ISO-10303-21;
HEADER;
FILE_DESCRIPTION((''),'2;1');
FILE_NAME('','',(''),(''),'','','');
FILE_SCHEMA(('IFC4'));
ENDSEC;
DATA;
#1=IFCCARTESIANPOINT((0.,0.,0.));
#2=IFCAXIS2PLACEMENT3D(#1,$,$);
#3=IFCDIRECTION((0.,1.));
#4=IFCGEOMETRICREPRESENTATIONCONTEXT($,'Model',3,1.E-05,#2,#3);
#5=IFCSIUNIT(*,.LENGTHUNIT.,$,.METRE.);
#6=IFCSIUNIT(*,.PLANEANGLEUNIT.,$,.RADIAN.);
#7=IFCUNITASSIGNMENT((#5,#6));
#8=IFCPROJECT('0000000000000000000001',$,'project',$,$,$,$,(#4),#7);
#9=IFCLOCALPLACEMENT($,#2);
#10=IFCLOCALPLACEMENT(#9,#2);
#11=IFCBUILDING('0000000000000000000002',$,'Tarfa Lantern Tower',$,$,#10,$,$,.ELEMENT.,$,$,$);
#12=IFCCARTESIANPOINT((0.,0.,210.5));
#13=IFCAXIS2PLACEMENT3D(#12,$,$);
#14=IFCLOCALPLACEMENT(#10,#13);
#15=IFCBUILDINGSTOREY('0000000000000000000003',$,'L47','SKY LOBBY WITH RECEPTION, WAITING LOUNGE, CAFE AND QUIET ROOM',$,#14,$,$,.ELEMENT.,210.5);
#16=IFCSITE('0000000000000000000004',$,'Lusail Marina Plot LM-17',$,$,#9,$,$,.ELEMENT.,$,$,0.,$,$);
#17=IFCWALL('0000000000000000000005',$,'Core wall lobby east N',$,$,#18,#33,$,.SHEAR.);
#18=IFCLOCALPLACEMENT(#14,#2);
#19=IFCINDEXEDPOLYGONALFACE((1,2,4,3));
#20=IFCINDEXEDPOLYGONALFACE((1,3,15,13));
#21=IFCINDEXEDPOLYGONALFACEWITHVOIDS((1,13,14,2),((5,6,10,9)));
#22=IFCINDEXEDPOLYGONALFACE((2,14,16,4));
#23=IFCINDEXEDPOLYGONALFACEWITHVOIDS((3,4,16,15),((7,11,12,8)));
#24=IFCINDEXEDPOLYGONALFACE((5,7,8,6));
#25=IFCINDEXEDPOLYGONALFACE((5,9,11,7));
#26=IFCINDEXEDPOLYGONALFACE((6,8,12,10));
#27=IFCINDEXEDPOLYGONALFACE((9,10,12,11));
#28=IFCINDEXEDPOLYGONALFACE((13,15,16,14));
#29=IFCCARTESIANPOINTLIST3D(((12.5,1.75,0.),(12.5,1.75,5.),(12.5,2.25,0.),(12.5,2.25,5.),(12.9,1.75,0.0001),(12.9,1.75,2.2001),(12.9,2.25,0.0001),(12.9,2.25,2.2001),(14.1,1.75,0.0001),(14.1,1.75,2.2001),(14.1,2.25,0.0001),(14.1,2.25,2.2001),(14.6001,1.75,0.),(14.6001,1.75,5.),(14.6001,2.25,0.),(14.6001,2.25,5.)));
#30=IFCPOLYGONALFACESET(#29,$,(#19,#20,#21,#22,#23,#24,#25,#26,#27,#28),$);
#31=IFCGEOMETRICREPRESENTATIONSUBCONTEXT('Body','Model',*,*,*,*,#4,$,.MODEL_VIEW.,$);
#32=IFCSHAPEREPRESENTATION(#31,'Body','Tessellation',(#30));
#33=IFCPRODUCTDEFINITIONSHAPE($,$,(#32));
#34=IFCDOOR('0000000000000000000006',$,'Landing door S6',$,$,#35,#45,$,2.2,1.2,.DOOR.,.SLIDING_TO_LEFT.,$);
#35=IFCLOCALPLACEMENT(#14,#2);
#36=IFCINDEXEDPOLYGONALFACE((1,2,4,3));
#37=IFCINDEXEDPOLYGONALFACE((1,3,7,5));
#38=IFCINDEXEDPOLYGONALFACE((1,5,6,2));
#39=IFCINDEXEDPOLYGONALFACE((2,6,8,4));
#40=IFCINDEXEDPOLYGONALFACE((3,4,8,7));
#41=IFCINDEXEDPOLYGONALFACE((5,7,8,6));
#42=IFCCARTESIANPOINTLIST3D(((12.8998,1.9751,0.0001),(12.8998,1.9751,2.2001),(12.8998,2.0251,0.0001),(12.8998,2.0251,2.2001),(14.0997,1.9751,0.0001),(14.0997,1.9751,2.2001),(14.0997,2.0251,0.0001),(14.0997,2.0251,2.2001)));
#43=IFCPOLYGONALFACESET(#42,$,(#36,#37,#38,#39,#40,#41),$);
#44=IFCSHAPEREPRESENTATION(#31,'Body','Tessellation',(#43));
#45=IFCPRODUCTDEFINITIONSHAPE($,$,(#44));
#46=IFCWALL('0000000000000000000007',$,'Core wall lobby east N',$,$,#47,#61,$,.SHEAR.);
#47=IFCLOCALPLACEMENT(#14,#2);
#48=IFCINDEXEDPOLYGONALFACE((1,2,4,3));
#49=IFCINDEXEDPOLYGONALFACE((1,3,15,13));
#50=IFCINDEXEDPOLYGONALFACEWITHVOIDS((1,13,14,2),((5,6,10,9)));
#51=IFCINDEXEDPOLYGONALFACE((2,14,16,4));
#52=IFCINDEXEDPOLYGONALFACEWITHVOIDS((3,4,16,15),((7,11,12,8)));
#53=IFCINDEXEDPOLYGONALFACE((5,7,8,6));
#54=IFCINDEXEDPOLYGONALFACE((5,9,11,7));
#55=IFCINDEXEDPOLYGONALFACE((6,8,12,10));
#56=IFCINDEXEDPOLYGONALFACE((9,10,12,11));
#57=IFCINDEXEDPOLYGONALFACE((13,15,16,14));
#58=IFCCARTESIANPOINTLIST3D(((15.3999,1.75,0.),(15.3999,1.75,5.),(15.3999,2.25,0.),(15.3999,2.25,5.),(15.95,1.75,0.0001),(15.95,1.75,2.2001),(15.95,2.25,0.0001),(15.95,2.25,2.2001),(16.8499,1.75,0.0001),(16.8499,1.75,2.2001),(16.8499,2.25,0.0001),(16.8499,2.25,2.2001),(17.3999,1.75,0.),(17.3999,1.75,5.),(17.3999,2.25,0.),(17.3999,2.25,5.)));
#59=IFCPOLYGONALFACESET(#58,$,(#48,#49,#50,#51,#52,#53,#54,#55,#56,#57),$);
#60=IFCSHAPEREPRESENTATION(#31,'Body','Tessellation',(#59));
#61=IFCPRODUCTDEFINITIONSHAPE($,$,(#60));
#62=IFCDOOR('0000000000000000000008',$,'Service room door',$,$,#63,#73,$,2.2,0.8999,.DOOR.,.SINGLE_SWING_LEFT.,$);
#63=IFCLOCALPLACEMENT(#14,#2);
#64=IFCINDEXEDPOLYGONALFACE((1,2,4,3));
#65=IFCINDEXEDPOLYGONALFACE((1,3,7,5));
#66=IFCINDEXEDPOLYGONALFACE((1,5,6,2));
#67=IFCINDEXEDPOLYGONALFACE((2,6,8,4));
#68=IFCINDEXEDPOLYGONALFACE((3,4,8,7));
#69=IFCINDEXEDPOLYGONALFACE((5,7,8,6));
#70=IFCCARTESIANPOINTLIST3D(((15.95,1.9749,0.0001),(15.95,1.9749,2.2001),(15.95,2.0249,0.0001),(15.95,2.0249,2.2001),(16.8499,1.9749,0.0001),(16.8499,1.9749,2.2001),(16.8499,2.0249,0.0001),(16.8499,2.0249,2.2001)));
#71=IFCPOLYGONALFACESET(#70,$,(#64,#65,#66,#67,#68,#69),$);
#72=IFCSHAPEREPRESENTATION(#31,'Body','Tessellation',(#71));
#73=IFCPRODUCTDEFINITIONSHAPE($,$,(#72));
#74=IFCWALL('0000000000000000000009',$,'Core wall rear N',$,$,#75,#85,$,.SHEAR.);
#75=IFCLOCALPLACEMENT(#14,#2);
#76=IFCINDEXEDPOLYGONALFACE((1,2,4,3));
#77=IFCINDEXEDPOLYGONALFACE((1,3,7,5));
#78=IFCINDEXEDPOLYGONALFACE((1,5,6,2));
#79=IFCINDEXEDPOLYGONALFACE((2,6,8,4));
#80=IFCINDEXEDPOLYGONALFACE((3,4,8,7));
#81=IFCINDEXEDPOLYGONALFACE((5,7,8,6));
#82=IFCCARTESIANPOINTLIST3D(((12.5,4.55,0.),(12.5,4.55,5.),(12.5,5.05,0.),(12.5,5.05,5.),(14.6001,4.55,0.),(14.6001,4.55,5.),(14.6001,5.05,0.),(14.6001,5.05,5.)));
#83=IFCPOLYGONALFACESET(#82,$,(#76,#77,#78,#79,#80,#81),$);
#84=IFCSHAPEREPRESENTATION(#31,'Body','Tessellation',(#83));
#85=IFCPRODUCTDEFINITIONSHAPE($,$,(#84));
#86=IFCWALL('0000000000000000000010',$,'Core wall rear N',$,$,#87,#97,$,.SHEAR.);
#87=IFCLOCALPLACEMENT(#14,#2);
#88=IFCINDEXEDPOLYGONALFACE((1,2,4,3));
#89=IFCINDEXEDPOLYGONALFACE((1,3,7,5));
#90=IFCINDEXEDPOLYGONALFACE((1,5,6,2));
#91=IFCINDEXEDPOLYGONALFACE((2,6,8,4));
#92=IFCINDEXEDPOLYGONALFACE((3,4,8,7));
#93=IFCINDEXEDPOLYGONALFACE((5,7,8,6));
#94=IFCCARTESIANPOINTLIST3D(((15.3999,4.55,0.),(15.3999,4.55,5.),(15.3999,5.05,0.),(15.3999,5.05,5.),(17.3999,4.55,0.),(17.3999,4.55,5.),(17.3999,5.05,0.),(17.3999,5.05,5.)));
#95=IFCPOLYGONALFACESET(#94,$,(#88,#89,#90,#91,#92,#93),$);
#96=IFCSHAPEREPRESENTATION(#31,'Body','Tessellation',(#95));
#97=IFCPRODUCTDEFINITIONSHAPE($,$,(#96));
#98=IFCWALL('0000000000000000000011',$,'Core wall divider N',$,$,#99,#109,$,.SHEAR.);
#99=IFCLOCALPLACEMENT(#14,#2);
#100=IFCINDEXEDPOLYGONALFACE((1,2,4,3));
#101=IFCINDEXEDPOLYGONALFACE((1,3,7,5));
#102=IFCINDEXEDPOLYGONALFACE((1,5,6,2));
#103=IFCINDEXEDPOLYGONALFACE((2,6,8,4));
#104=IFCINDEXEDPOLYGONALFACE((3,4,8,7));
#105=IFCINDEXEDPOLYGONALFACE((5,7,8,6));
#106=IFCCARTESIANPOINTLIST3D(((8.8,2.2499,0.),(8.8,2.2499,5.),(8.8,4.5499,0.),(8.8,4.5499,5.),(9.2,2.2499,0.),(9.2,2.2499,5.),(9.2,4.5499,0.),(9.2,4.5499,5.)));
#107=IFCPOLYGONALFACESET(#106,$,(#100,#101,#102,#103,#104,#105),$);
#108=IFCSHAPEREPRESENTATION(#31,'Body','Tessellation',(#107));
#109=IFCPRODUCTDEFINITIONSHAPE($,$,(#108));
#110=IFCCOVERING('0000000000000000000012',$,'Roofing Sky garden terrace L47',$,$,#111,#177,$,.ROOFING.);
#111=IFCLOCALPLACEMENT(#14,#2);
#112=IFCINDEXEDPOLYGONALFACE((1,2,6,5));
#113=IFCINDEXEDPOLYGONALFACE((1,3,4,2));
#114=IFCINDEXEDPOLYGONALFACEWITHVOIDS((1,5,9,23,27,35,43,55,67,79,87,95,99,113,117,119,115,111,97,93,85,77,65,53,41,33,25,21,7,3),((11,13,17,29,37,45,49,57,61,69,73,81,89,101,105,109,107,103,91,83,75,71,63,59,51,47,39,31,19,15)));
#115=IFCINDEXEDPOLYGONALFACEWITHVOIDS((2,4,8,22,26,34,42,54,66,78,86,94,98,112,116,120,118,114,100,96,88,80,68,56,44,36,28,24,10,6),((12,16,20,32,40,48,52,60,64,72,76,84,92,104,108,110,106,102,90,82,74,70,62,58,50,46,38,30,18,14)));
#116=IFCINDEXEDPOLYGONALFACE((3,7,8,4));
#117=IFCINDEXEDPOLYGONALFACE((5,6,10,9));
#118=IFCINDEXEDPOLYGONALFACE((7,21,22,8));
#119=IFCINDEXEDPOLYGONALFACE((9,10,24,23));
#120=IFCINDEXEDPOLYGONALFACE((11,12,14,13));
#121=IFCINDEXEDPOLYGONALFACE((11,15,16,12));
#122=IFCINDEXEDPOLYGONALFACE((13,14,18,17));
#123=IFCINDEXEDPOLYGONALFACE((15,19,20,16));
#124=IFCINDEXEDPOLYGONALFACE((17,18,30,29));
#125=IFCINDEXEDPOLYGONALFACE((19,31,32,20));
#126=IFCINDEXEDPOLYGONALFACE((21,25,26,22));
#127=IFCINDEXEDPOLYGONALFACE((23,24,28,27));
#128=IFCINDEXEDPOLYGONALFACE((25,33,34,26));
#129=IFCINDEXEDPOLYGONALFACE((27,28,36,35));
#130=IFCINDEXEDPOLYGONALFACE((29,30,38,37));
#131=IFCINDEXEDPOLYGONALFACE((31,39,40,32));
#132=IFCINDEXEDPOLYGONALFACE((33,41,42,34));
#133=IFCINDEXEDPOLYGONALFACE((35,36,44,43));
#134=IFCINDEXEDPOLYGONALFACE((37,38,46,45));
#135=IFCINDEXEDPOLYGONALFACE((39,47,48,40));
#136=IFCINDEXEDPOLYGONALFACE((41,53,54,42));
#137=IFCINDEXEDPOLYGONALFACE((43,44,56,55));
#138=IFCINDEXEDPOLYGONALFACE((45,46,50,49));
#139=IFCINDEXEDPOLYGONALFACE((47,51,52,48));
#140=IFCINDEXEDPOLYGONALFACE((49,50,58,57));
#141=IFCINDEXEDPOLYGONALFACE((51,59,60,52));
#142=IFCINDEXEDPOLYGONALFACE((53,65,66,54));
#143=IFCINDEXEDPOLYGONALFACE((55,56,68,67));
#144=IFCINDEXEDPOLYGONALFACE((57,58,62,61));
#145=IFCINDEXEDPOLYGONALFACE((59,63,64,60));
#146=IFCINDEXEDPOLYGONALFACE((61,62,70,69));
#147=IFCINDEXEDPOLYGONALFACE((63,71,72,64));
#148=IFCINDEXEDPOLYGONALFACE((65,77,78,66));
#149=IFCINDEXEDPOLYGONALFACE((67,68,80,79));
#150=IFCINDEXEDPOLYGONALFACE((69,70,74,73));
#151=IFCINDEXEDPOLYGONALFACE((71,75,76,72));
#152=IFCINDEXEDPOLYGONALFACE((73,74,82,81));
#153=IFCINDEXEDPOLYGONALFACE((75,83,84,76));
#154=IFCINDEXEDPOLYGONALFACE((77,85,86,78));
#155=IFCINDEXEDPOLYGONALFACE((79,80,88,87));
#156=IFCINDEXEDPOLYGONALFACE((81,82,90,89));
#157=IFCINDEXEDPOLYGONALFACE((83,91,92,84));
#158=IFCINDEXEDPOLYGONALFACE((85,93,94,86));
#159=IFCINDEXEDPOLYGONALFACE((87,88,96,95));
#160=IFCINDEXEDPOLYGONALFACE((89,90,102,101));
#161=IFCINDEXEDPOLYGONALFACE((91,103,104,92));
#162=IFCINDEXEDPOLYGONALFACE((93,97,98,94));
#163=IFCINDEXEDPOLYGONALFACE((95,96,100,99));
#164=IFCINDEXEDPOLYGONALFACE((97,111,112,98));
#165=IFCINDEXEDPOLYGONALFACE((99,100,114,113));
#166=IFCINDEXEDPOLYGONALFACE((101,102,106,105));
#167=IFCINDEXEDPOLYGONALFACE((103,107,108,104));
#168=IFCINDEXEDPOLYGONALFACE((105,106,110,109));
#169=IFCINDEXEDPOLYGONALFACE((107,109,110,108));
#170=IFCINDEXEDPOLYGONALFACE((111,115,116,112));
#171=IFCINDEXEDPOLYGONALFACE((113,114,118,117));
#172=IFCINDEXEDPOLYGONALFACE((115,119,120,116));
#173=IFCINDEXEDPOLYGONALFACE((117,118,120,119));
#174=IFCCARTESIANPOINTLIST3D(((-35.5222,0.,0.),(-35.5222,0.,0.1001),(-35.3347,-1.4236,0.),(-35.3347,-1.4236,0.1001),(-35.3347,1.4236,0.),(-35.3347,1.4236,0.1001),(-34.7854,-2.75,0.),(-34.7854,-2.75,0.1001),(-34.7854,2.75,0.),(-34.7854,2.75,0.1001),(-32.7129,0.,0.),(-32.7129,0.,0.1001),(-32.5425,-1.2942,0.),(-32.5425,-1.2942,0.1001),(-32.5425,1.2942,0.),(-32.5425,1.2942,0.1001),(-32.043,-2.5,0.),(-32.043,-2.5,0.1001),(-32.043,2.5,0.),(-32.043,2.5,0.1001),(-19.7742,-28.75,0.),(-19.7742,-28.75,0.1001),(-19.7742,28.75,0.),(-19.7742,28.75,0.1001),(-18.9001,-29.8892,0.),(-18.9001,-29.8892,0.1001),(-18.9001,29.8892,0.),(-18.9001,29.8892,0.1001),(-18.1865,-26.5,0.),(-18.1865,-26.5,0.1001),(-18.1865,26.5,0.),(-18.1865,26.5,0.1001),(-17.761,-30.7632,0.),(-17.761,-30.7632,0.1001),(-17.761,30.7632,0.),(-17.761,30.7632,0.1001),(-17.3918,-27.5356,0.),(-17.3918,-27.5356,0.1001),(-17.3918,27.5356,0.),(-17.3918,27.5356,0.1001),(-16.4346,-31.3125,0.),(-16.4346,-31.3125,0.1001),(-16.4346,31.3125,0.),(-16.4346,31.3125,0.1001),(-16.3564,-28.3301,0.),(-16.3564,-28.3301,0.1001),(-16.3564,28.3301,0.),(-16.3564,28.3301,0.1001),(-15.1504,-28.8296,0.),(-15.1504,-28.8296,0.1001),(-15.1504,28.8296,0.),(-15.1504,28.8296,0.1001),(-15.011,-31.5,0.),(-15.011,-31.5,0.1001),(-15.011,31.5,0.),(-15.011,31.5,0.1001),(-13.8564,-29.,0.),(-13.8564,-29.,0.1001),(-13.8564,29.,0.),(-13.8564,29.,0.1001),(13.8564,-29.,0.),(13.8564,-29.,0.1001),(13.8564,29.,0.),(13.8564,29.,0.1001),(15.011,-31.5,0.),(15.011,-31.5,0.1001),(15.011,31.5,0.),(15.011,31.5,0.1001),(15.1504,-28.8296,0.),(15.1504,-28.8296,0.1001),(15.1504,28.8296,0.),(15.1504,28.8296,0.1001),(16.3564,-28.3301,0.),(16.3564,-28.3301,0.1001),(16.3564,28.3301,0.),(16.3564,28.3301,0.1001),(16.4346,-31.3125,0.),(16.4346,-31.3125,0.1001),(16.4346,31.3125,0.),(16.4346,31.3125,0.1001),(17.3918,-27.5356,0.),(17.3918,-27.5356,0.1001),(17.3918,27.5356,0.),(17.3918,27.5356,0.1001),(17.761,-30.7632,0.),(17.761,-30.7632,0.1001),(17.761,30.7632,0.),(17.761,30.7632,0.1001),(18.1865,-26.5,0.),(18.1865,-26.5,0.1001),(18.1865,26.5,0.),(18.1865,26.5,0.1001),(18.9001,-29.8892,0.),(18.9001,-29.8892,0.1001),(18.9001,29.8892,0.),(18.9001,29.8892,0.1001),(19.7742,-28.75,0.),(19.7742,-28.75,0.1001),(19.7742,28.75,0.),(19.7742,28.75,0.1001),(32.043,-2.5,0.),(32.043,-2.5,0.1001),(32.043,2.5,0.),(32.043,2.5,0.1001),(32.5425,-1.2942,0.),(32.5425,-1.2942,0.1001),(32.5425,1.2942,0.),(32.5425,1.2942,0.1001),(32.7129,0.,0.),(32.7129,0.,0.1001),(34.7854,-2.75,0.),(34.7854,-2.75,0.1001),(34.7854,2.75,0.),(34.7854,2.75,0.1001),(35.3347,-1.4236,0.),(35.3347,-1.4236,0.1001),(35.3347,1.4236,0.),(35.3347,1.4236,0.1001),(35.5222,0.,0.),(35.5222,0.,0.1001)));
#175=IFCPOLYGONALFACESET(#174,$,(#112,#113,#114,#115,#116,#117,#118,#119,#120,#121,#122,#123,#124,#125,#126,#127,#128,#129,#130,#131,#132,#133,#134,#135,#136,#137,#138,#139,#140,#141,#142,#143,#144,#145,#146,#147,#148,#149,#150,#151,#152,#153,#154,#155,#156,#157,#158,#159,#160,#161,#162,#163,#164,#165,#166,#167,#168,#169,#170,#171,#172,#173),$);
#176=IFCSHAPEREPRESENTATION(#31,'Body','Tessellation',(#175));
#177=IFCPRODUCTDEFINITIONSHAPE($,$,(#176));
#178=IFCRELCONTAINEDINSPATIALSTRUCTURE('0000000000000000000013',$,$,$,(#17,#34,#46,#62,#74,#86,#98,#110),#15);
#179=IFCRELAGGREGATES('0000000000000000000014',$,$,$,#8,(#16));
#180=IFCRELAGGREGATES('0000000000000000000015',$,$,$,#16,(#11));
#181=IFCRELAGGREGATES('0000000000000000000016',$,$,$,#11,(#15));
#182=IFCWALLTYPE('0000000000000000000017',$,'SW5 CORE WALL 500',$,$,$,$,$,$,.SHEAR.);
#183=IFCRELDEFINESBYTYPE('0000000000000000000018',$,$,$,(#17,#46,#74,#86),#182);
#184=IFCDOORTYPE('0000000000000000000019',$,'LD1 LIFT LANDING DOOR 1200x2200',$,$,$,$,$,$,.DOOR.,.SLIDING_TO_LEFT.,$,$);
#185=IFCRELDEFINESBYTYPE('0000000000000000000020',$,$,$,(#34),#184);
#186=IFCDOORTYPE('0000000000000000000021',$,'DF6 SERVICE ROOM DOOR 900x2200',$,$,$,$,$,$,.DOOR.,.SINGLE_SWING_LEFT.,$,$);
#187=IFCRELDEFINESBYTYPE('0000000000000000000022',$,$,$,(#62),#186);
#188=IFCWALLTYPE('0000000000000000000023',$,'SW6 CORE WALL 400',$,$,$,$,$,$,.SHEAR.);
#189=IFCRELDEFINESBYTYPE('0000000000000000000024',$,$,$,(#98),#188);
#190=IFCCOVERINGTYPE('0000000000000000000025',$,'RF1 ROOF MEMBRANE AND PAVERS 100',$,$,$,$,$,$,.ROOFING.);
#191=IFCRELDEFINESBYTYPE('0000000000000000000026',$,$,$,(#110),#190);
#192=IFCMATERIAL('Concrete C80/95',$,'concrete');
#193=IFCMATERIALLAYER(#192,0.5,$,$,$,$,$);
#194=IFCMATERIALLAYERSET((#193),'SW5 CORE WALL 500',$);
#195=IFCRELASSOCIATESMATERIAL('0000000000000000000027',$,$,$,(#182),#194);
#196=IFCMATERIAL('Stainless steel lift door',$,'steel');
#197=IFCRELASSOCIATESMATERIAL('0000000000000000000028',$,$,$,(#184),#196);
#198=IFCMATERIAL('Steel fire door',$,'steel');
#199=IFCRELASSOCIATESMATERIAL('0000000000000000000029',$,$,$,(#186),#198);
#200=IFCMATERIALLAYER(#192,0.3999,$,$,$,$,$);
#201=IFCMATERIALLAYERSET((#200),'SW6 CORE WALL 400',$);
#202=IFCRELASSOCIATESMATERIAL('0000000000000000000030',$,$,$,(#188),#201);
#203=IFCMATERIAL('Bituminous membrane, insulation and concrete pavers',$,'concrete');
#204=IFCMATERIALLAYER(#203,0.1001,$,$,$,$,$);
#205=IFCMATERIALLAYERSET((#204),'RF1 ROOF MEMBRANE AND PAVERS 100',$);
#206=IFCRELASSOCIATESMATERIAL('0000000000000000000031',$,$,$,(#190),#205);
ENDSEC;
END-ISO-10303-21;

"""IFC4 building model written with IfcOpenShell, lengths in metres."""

from ifc_helpers import new_model, si_unit, direction, frame, frame_2d, origin, place, context, subcontext, project, spatial, polyline, rectangle, outline, extrude, material, layer, layer_set, type_object, element, fill, save


model = new_model("IFC4")

# Units and contexts
model_context = context("Model", 3, precision=1e-05, world=origin(), true_north=direction((0.0, 1.0)))
body_context = subcontext(model_context, "Body", "Model", "MODEL_VIEW")
ifc_project = project(units=[si_unit("LENGTHUNIT", "METRE"), si_unit("PLANEANGLEUNIT", "RADIAN")], contexts=[model_context])

# Site, building, storey
site_placement = place(None, origin())
site = spatial("IfcSite", under=ifc_project, at=site_placement, Name="Lusail Marina Plot LM-17", CompositionType="ELEMENT", RefElevation=0.0)
building_placement = place(site_placement, origin())
building = spatial("IfcBuilding", under=site, at=building_placement, Name="Tarfa Lantern Tower", CompositionType="ELEMENT")
storey_placement = place(building_placement, frame((0.0, 0.0, 210.5)))
storey = spatial("IfcBuildingStorey", under=building, at=storey_placement, Name="L47", Description="SKY LOBBY WITH RECEPTION, WAITING LOUNGE, CAFE AND QUIET ROOM", CompositionType="ELEMENT", Elevation=210.5)

# Walls, openings, doors
ifc_material_1 = material(Name="Concrete C80/95", Category="concrete")
ifc_layer_1 = layer(ifc_material_1, 0.5)
ifc_layer_set_1 = layer_set([ifc_layer_1], Name="SW5 CORE WALL 500")
wall_type_1 = type_object("IfcWallType", Name="SW5 CORE WALL 500", PredefinedType="SHEAR", material=ifc_layer_set_1)
wall_1_placement = place(storey_placement, frame((12.5, 2.0, 0.0), z_axis=(0.0, 0.0, 1.0), x_axis=(1.0, 0.0, 0.0)))
wall_1 = element("IfcWall", 1, at=wall_1_placement, inside=storey, type_object=wall_type_1, Name="Core wall lobby east N", PredefinedType="SHEAR", context=body_context, shape_type="SweptSolid", body=[
    extrude(rectangle(XDim=2.1001, YDim=0.5, at=frame_2d((1.05, 0.0))), origin(), (0.0, 0.0, 1.0), 5.0),
])
opening_1_placement = place(wall_1_placement, frame((0.3999, 0.0, 0.0)))
opening_1 = element("IfcOpeningElement", 2, at=opening_1_placement, cuts=wall_1, PredefinedType="OPENING", context=body_context, shape_type="SweptSolid", body=[
    extrude(rectangle(XDim=1.2, YDim=2.2, at=frame_2d((0.6001, 1.1001))), frame((0.0, 0.26, 0.0), z_axis=(0.0, -1.0, 0.0), x_axis=(1.0, 0.0, 0.0)), (0.0, 0.0, 1.0), 0.52),
])
ifc_material_2 = material(Name="Stainless steel lift door", Category="steel")
door_type_1 = type_object("IfcDoorType", Name="LD1 LIFT LANDING DOOR 1200x2200", OperationType="SLIDING_TO_LEFT", PredefinedType="DOOR", material=ifc_material_2)
door_1_placement = place(opening_1_placement, frame((1.2, 0.0, 0.0), z_axis=(0.0, 0.0, 1.0), x_axis=(-1.0, 0.0, 0.0)))
door_1 = element("IfcDoor", 3, at=door_1_placement, inside=storey, type_object=door_type_1, Name="Landing door S6", OperationType="SLIDING_TO_LEFT", OverallHeight=2.2, OverallWidth=1.2, PredefinedType="DOOR", context=body_context, shape_type="SweptSolid", body=[
    extrude(rectangle(XDim=1.2, YDim=2.2, at=frame_2d((0.6001, 1.1001))), frame((0.0, 0.0249, 0.0), z_axis=(0.0, -1.0, 0.0), x_axis=(1.0, 0.0, 0.0)), (0.0, 0.0, 1.0), 0.05),
])
fill(opening_1, door_1)
wall_2_placement = place(storey_placement, frame((15.3999, 2.0, 0.0), z_axis=(0.0, 0.0, 1.0), x_axis=(1.0, 0.0, 0.0)))
wall_2 = element("IfcWall", 4, at=wall_2_placement, inside=storey, type_object=wall_type_1, Name="Core wall lobby east N", PredefinedType="SHEAR", context=body_context, shape_type="SweptSolid", body=[
    extrude(rectangle(XDim=2.0, YDim=0.5, at=frame_2d((1.0, 0.0))), origin(), (0.0, 0.0, 1.0), 5.0),
])
opening_2_placement = place(wall_2_placement, frame((0.55, 0.0, 0.0)))
opening_2 = element("IfcOpeningElement", 5, at=opening_2_placement, cuts=wall_2, PredefinedType="OPENING", context=body_context, shape_type="SweptSolid", body=[
    extrude(rectangle(XDim=0.8999, YDim=2.2, at=frame_2d((0.45, 1.1001))), frame((0.0, 0.26, 0.0), z_axis=(0.0, -1.0, 0.0), x_axis=(1.0, 0.0, 0.0)), (0.0, 0.0, 1.0), 0.52),
])
ifc_material_3 = material(Name="Steel fire door", Category="steel")
door_type_2 = type_object("IfcDoorType", Name="DF6 SERVICE ROOM DOOR 900x2200", OperationType="SINGLE_SWING_LEFT", PredefinedType="DOOR", material=ifc_material_3)
door_2_placement = place(opening_2_placement, origin())
door_2 = element("IfcDoor", 6, at=door_2_placement, inside=storey, type_object=door_type_2, Name="Service room door", OperationType="SINGLE_SWING_LEFT", OverallHeight=2.2, OverallWidth=0.8999, PredefinedType="DOOR", context=body_context, shape_type="SweptSolid", body=[
    extrude(rectangle(XDim=0.8999, YDim=2.2, at=frame_2d((0.45, 1.1001))), frame((0.0, 0.0249, 0.0), z_axis=(0.0, -1.0, 0.0), x_axis=(1.0, 0.0, 0.0)), (0.0, 0.0, 1.0), 0.05),
])
fill(opening_2, door_2)

# Walls
wall_3_placement = place(storey_placement, frame((12.5, 4.8, 0.0), z_axis=(0.0, 0.0, 1.0), x_axis=(1.0, 0.0, 0.0)))
element("IfcWall", 7, at=wall_3_placement, inside=storey, type_object=wall_type_1, Name="Core wall rear N", PredefinedType="SHEAR", context=body_context, shape_type="SweptSolid", body=[
    extrude(rectangle(XDim=2.1001, YDim=0.5, at=frame_2d((1.05, 0.0))), origin(), (0.0, 0.0, 1.0), 5.0),
])
wall_4_placement = place(storey_placement, frame((15.3999, 4.8, 0.0), z_axis=(0.0, 0.0, 1.0), x_axis=(1.0, 0.0, 0.0)))
element("IfcWall", 8, at=wall_4_placement, inside=storey, type_object=wall_type_1, Name="Core wall rear N", PredefinedType="SHEAR", context=body_context, shape_type="SweptSolid", body=[
    extrude(rectangle(XDim=2.0, YDim=0.5, at=frame_2d((1.0, 0.0))), origin(), (0.0, 0.0, 1.0), 5.0),
])
ifc_layer_2 = layer(ifc_material_1, 0.3999)
ifc_layer_set_2 = layer_set([ifc_layer_2], Name="SW6 CORE WALL 400")
wall_type_2 = type_object("IfcWallType", Name="SW6 CORE WALL 400", PredefinedType="SHEAR", material=ifc_layer_set_2)
wall_5_placement = place(storey_placement, frame((9.0, 2.25, 0.0), z_axis=(0.0, 0.0, 1.0), x_axis=(0.0, 1.0, 0.0)))
element("IfcWall", 9, at=wall_5_placement, inside=storey, type_object=wall_type_2, Name="Core wall divider N", PredefinedType="SHEAR", context=body_context, shape_type="SweptSolid", body=[
    extrude(rectangle(XDim=2.3, YDim=0.3999, at=frame_2d((1.1499, 0.0))), origin(), (0.0, 0.0, 1.0), 5.0),
])

# Covering
ifc_material_4 = material(Name="Bituminous membrane, insulation and concrete pavers", Category="concrete")
ifc_layer_3 = layer(ifc_material_4, 0.1001)
ifc_layer_set_3 = layer_set([ifc_layer_3], Name="RF1 ROOF MEMBRANE AND PAVERS 100")
covering_type = type_object("IfcCoveringType", Name="RF1 ROOF MEMBRANE AND PAVERS 100", PredefinedType="ROOFING", material=ifc_layer_set_3)
covering_placement = place(storey_placement, origin())
element("IfcCovering", 10, at=covering_placement, inside=storey, type_object=covering_type, Name="Roofing Sky garden terrace L47", PredefinedType="ROOFING", context=body_context, shape_type="SweptSolid", body=[
    extrude(outline(polyline([(34.7854, 2.75), (19.7742, 28.75), (18.9001, 29.8892), (17.761, 30.7632), (16.4346, 31.3125), (15.011, 31.5), (-15.011, 31.5), (-16.4346, 31.3125), (-17.761, 30.7632), (-18.9001, 29.8892), (-19.7742, 28.75), (-34.7854, 2.75), (-35.3347, 1.4236), (-35.5222, 0.0), (-35.3347, -1.4236), (-34.7854, -2.75), (-19.7742, -28.75), (-18.9001, -29.8892), (-17.761, -30.7632), (-16.4346, -31.3125), (-15.011, -31.5), (15.011, -31.5), (16.4346, -31.3125), (17.761, -30.7632), (18.9001, -29.8892), (19.7742, -28.75), (34.7854, -2.75), (35.3347, -1.4236), (35.5222, 0.0), (35.3347, 1.4236), (34.7854, 2.75)]), holes=[polyline([(32.043, 2.5), (18.1865, 26.5), (17.3918, 27.5356), (16.3564, 28.3301), (15.1504, 28.8296), (13.8564, 29.0), (-13.8564, 29.0), (-15.1504, 28.8296), (-16.3564, 28.3301), (-17.3918, 27.5356), (-18.1865, 26.5), (-32.043, 2.5), (-32.5425, 1.2942), (-32.7129, 0.0), (-32.5425, -1.2942), (-32.043, -2.5), (-18.1865, -26.5), (-17.3918, -27.5356), (-16.3564, -28.3301), (-15.1504, -28.8296), (-13.8564, -29.0), (13.8564, -29.0), (15.1504, -28.8296), (16.3564, -28.3301), (17.3918, -27.5356), (18.1865, -26.5), (32.043, -2.5), (32.5425, -1.2942), (32.7129, 0.0), (32.5425, 1.2942), (32.043, 2.5)])]), origin(), (0.0, 0.0, 1.0), 0.1001),
])

save(model, "model.ifc")
